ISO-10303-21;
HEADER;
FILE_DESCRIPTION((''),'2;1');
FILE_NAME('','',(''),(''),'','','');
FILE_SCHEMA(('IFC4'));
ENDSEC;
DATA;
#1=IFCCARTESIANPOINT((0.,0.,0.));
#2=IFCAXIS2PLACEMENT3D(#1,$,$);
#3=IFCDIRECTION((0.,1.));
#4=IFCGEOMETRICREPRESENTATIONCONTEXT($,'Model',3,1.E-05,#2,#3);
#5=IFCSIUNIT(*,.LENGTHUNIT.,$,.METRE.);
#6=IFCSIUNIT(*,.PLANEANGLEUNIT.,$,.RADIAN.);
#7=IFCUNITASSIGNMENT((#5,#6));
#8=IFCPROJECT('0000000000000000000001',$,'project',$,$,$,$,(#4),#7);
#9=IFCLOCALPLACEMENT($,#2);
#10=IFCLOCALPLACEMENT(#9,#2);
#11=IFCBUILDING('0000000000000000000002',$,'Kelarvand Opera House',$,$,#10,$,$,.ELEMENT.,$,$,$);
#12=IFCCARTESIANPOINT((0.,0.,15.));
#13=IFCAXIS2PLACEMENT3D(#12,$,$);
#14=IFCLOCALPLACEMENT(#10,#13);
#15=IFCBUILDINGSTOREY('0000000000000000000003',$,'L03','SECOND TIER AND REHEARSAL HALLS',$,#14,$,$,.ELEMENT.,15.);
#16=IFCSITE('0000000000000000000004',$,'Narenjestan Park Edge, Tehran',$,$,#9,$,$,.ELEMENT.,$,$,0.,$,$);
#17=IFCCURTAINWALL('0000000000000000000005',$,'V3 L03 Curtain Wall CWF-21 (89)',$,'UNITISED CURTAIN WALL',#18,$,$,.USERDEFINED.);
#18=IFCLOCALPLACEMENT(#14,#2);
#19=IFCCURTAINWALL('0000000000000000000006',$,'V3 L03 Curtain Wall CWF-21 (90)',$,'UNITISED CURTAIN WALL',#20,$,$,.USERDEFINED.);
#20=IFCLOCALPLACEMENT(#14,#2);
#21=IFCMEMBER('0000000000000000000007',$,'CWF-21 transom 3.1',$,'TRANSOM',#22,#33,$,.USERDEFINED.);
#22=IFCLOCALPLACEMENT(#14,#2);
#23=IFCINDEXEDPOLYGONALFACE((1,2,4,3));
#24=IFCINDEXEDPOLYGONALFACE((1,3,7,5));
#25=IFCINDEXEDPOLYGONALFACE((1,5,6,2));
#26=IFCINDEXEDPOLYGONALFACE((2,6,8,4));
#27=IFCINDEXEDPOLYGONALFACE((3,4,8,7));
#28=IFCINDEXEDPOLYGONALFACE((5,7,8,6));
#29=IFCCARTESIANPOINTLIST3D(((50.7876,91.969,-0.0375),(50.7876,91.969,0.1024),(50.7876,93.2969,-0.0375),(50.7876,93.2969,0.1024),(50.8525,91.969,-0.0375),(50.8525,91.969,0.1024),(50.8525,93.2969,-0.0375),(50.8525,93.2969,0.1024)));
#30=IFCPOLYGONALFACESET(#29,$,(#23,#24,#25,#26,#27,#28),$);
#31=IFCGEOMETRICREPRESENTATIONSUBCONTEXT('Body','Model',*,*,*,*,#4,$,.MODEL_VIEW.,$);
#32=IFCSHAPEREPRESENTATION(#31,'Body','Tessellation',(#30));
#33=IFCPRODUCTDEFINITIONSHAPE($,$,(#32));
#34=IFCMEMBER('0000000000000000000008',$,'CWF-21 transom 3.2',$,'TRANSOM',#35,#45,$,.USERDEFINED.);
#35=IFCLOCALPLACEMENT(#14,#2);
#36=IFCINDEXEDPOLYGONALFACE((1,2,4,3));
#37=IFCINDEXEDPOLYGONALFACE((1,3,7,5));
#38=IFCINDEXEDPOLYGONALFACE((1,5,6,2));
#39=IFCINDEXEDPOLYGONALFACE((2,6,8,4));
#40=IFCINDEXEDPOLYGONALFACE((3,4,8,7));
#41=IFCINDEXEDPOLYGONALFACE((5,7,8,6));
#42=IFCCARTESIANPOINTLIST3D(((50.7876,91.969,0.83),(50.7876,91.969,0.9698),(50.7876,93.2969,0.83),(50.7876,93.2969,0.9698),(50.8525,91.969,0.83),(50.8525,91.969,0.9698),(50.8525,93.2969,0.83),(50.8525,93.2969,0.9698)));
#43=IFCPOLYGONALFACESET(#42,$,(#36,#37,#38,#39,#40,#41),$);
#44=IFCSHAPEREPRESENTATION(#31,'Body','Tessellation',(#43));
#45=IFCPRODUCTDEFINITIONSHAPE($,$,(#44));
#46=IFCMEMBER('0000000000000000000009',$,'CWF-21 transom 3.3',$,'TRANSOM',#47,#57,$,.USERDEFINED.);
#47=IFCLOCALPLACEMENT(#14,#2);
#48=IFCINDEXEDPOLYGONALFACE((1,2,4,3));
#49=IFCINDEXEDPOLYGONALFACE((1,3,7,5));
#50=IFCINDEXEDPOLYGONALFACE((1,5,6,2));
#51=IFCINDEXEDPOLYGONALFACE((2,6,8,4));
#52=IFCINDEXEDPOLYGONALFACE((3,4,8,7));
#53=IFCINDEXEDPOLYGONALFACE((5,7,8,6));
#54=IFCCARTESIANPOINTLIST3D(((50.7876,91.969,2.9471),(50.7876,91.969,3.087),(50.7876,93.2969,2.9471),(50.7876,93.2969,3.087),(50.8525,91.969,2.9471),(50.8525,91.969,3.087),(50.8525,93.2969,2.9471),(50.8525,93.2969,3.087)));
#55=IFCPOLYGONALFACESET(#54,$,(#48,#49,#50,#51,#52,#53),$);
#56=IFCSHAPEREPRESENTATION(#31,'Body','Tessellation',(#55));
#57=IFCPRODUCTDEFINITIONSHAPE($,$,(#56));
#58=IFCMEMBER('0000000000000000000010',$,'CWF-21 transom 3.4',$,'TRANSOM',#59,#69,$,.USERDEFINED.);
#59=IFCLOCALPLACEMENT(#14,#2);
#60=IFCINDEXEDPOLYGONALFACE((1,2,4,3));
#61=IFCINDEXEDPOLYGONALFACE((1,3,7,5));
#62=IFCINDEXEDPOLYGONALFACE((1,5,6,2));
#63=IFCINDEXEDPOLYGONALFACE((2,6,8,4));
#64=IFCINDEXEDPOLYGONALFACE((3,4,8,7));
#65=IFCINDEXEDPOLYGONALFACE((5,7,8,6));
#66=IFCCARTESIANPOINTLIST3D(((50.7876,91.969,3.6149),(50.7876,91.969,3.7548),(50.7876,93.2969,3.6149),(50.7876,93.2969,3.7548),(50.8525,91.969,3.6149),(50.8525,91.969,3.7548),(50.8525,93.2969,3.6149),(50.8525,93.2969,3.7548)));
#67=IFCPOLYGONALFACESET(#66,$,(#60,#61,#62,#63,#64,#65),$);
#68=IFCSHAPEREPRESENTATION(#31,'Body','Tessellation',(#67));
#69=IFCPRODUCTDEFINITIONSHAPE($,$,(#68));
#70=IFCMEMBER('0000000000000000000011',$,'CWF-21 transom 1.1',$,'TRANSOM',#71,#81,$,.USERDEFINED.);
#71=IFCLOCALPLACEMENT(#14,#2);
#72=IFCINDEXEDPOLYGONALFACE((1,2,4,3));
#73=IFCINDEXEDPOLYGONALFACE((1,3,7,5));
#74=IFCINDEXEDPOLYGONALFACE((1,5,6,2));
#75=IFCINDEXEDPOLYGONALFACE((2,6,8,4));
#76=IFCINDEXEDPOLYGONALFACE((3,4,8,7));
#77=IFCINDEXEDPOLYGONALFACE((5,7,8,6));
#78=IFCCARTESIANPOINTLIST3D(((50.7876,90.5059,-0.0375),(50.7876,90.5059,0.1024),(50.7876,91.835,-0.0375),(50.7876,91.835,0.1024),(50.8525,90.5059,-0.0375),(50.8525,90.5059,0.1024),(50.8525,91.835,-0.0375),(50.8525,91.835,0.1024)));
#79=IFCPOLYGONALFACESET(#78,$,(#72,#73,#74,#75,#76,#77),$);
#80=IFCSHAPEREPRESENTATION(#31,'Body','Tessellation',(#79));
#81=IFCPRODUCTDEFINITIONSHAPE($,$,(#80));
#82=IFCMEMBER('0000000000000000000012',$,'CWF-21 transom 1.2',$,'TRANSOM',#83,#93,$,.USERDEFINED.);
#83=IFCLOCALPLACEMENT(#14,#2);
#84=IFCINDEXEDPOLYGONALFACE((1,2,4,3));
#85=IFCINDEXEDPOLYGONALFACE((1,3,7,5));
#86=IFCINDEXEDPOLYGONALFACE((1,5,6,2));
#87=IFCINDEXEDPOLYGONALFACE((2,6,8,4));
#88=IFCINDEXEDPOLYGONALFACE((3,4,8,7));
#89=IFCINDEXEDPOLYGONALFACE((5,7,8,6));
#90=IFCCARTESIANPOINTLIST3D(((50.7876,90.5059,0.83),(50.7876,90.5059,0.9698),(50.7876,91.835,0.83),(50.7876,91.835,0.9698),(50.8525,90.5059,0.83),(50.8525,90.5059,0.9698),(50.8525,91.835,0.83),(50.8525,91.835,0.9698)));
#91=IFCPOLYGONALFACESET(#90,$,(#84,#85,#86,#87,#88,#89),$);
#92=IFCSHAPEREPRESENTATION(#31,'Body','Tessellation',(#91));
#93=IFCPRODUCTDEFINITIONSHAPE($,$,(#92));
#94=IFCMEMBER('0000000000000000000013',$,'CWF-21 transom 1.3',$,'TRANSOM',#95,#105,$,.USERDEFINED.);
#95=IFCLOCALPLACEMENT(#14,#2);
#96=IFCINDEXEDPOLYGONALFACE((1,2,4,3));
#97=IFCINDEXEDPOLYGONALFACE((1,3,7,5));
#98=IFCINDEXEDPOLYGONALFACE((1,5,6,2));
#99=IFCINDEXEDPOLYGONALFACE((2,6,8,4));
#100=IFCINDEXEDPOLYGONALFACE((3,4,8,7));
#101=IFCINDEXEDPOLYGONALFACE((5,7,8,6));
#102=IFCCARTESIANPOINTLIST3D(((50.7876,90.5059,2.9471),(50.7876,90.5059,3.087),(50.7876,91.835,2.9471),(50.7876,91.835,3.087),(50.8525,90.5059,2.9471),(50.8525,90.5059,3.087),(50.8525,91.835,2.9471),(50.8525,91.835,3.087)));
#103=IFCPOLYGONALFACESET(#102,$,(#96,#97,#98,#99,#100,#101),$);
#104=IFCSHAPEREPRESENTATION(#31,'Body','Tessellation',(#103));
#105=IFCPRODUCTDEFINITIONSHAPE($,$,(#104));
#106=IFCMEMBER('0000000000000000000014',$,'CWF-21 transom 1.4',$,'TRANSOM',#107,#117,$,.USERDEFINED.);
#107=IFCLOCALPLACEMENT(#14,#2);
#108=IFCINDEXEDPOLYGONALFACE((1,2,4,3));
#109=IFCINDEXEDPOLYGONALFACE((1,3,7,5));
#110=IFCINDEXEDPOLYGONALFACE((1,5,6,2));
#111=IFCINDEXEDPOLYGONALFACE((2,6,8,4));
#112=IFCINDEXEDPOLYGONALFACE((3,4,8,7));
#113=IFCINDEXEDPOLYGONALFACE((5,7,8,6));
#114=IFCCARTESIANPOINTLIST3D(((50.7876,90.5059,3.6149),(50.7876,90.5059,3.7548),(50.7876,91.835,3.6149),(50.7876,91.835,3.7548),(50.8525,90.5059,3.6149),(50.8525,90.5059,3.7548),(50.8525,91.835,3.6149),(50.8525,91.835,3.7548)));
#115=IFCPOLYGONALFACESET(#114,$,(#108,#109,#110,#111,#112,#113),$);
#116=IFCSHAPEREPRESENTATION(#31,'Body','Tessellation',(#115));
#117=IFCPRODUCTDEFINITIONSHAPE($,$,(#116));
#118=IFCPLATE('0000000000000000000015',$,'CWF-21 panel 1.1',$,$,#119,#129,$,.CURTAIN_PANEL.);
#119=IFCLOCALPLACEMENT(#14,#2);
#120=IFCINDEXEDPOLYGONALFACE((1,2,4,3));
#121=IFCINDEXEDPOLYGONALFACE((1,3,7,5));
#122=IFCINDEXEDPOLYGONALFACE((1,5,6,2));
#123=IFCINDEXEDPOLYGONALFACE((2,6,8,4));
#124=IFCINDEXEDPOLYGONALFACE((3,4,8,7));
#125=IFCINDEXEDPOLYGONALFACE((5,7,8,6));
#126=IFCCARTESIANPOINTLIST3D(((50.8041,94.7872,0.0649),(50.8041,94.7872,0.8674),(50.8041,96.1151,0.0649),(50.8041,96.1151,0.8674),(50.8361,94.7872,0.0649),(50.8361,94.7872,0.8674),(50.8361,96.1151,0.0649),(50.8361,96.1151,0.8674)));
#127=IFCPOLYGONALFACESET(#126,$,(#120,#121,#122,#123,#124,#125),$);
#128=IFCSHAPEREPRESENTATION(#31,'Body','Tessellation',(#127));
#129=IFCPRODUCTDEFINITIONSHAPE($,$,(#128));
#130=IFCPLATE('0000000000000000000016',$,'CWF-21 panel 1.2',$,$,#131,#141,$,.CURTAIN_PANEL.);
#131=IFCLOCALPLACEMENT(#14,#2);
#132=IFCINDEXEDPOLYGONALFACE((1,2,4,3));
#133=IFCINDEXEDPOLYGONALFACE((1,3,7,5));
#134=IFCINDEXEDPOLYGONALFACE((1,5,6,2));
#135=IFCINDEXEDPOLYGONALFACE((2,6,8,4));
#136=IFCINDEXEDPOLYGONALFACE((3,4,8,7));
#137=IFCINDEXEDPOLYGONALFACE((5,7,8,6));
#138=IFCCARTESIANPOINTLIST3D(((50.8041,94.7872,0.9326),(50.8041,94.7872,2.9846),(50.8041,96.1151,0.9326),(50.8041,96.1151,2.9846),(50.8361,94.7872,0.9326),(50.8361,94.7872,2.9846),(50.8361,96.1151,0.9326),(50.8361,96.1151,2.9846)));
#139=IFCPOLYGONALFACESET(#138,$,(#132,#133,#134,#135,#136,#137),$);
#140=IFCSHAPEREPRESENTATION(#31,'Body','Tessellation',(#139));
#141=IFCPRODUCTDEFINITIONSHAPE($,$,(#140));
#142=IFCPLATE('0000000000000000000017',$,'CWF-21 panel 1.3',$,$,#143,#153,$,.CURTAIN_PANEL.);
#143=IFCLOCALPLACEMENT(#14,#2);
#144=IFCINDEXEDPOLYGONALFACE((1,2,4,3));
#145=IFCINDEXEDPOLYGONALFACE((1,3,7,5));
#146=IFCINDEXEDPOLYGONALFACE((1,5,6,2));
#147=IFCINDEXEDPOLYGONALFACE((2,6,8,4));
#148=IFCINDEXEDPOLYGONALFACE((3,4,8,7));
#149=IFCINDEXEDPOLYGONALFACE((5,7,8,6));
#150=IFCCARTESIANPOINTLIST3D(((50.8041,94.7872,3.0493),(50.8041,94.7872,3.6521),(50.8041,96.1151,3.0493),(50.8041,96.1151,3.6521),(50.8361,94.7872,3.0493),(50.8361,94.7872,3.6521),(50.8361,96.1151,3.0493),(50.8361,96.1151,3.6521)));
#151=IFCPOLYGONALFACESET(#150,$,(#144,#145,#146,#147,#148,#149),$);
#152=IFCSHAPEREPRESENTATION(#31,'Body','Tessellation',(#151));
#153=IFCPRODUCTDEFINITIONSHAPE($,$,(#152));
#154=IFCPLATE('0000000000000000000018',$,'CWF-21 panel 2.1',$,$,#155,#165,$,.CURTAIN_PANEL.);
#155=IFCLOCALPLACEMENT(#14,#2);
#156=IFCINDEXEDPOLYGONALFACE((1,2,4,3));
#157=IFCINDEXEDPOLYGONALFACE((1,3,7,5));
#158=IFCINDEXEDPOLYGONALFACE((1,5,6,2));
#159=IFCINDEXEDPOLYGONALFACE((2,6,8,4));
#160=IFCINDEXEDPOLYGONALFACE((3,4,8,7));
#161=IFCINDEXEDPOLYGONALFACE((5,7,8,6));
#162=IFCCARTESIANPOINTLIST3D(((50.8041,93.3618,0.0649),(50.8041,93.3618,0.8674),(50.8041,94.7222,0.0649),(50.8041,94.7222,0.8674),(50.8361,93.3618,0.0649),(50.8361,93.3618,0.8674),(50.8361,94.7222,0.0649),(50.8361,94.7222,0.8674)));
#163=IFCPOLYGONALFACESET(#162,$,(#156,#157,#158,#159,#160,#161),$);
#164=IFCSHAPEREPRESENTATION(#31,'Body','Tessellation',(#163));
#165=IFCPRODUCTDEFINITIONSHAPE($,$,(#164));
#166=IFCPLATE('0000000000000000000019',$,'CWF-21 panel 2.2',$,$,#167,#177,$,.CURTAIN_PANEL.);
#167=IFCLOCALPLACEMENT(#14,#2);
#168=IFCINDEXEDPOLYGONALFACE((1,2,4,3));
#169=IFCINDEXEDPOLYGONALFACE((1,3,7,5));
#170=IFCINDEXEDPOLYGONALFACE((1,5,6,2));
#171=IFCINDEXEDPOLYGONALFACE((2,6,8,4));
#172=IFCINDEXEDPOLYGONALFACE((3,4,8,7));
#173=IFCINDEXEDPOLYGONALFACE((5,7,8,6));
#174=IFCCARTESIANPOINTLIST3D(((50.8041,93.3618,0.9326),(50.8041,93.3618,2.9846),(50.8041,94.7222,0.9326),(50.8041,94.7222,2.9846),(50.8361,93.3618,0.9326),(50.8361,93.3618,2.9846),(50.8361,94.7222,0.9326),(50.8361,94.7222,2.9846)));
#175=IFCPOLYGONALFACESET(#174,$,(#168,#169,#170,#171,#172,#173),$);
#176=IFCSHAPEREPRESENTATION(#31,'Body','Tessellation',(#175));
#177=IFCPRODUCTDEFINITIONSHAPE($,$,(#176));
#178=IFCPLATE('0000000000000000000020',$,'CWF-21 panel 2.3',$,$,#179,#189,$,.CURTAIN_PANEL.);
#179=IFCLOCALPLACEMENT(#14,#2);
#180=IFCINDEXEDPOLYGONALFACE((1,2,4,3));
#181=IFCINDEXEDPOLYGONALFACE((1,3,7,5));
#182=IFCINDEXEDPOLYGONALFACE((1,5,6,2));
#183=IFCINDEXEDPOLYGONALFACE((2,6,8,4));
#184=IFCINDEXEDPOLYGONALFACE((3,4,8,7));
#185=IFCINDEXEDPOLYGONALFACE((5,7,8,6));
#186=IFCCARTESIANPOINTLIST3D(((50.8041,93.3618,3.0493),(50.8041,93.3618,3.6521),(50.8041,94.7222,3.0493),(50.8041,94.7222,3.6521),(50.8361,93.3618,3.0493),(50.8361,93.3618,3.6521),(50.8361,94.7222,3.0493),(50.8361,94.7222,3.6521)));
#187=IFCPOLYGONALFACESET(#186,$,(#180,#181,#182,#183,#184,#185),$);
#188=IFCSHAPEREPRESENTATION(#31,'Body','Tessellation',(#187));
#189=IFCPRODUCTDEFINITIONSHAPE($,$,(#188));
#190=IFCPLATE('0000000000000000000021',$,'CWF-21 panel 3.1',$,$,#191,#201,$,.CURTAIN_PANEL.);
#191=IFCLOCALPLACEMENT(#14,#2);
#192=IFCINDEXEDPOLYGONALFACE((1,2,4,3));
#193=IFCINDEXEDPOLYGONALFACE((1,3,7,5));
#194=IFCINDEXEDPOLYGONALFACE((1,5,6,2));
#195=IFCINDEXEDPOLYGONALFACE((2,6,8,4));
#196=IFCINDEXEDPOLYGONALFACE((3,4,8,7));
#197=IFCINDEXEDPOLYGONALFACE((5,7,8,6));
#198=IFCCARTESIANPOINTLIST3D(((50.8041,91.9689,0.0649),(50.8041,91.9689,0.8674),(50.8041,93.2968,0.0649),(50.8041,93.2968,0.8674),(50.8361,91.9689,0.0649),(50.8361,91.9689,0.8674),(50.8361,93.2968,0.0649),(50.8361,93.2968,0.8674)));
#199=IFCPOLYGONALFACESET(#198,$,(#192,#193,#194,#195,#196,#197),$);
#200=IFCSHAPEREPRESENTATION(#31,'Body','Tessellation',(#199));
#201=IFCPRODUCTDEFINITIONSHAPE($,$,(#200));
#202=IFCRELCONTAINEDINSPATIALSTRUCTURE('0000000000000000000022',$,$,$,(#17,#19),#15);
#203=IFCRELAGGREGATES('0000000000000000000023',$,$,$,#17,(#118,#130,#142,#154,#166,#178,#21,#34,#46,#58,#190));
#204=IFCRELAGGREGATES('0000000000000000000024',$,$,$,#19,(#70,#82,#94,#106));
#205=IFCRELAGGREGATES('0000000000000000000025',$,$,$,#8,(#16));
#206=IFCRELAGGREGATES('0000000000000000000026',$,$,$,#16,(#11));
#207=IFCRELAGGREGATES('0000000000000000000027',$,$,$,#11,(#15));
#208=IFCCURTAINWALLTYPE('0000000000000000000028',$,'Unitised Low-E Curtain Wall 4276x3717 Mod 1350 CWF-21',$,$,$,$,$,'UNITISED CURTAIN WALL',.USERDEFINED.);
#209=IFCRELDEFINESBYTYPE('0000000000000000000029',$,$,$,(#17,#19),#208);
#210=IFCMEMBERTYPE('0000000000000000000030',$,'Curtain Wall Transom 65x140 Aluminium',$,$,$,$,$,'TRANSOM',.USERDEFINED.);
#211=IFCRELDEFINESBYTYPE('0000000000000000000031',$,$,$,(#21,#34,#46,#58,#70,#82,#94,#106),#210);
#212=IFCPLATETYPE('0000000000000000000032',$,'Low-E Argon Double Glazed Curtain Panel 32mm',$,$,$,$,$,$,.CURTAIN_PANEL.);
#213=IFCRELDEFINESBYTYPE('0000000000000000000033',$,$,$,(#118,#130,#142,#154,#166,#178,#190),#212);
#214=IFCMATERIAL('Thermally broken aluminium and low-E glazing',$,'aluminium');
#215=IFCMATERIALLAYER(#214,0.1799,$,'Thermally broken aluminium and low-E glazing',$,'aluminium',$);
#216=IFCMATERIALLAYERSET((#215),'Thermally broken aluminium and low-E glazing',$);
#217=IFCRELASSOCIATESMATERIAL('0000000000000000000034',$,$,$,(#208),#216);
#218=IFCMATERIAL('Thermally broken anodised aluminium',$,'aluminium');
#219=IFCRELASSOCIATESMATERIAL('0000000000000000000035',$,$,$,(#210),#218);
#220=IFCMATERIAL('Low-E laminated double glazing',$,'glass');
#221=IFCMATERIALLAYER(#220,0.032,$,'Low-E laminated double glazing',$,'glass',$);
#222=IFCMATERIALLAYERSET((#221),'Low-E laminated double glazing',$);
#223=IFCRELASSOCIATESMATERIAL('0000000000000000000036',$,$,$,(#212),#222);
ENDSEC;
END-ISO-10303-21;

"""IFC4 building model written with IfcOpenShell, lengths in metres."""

from ifc_helpers import new_model, si_unit, direction, frame, origin, origin_2d, place, context, subcontext, project, spatial, rectangle, extrude, material, layer, layer_set, material_profile, profile_set, type_object, element, aggregate, save


model = new_model("IFC4")

# Units and contexts
model_context = context("Model", 3, precision=1e-05, world=origin(), true_north=direction((0.0, 1.0)))
body_context = subcontext(model_context, "Body", "Model", "MODEL_VIEW")
ifc_project = project(units=[si_unit("LENGTHUNIT", "METRE"), si_unit("PLANEANGLEUNIT", "RADIAN")], contexts=[model_context])

# Site, building, storey
site_placement = place(None, origin())
site = spatial("IfcSite", under=ifc_project, at=site_placement, Name="Narenjestan Park Edge, Tehran", CompositionType="ELEMENT", RefElevation=0.0)
building_placement = place(site_placement, origin())
building = spatial("IfcBuilding", under=site, at=building_placement, Name="Kelarvand Opera House", CompositionType="ELEMENT")
storey_placement = place(building_placement, frame((0.0, 0.0, 15.0)))
storey = spatial("IfcBuildingStorey", under=building, at=storey_placement, Name="L03", Description="SECOND TIER AND REHEARSAL HALLS", CompositionType="ELEMENT", Elevation=15.0)

# Curtain wall
ifc_material_1 = material(Name="Thermally broken aluminium and low-E glazing", Category="aluminium")
ifc_layer_1 = layer(ifc_material_1, 0.1799, Name="Thermally broken aluminium and low-E glazing", Category="aluminium")
ifc_layer_set_1 = layer_set([ifc_layer_1], Name="Thermally broken aluminium and low-E glazing")
curtain_wall_type = type_object("IfcCurtainWallType", Name="Unitised Low-E Curtain Wall 4276x3717 Mod 1350 CWF-21", ElementType="UNITISED CURTAIN WALL", PredefinedType="USERDEFINED", material=ifc_layer_set_1)
curtain_wall_1_placement = place(storey_placement, origin())
curtain_wall_1 = element("IfcCurtainWall", 1, at=curtain_wall_1_placement, inside=storey, type_object=curtain_wall_type, Name="V3 L03 Curtain Wall CWF-21 (89)", ObjectType="UNITISED CURTAIN WALL", PredefinedType="USERDEFINED")
ifc_material_2 = material(Name="Thermally broken anodised aluminium", Category="aluminium")

# Curtain wall
curtain_wall_2_placement = place(storey_placement, origin())
curtain_wall_2 = element("IfcCurtainWall", 2, at=curtain_wall_2_placement, inside=storey, type_object=curtain_wall_type, Name="V3 L03 Curtain Wall CWF-21 (90)", ObjectType="UNITISED CURTAIN WALL", PredefinedType="USERDEFINED")

# Members
ifc_material_profile_1 = material_profile(ifc_material_2, rectangle(XDim=0.0649, YDim=0.1399, at=origin_2d()), Name="ALU TRANSOM 65x140", Category="aluminium")
ifc_profile_set_1 = profile_set([ifc_material_profile_1], Name="Thermally broken anodised aluminium")
member_type_1 = type_object("IfcMemberType", Name="Curtain Wall Transom 65x140 Aluminium", ElementType="TRANSOM", PredefinedType="USERDEFINED", material=ifc_profile_set_1)
member_1_placement = place(storey_placement, frame((50.8201, 93.2969, 0.0325), z_axis=(0.0, -1.0, 0.0), x_axis=(1.0, 0.0, 0.0)))
member_1 = element("IfcMember", 3, at=member_1_placement, type_object=member_type_1, Name="CWF-21 transom 3.1", ObjectType="TRANSOM", PredefinedType="USERDEFINED", context=body_context, shape_type="SweptSolid", body=[
    extrude(rectangle(XDim=0.0649, YDim=0.1399, at=origin_2d()), origin(), (0.0, 0.0, 1.0), 1.3279),
])
member_2_placement = place(storey_placement, frame((50.8201, 93.2969, 0.8999), z_axis=(0.0, -1.0, 0.0), x_axis=(1.0, 0.0, 0.0)))
member_2 = element("IfcMember", 4, at=member_2_placement, type_object=member_type_1, Name="CWF-21 transom 3.2", ObjectType="TRANSOM", PredefinedType="USERDEFINED", context=body_context, shape_type="SweptSolid", body=[
    extrude(rectangle(XDim=0.0649, YDim=0.1399, at=origin_2d()), origin(), (0.0, 0.0, 1.0), 1.3279),
])
member_3_placement = place(storey_placement, frame((50.8201, 93.2969, 3.0171), z_axis=(0.0, -1.0, 0.0), x_axis=(1.0, 0.0, 0.0)))
member_3 = element("IfcMember", 5, at=member_3_placement, type_object=member_type_1, Name="CWF-21 transom 3.3", ObjectType="TRANSOM", PredefinedType="USERDEFINED", context=body_context, shape_type="SweptSolid", body=[
    extrude(rectangle(XDim=0.0649, YDim=0.1399, at=origin_2d()), origin(), (0.0, 0.0, 1.0), 1.3279),
])
member_4_placement = place(storey_placement, frame((50.8201, 93.2969, 3.6848), z_axis=(0.0, -1.0, 0.0), x_axis=(1.0, 0.0, 0.0)))
member_4 = element("IfcMember", 6, at=member_4_placement, type_object=member_type_1, Name="CWF-21 transom 3.4", ObjectType="TRANSOM", PredefinedType="USERDEFINED", context=body_context, shape_type="SweptSolid", body=[
    extrude(rectangle(XDim=0.0649, YDim=0.1399, at=origin_2d()), origin(), (0.0, 0.0, 1.0), 1.3279),
])
member_5_placement = place(storey_placement, frame((50.8201, 91.835, 0.0325), z_axis=(0.0, -1.0, 0.0), x_axis=(1.0, 0.0, 0.0)))
member_5 = element("IfcMember", 7, at=member_5_placement, type_object=member_type_1, Name="CWF-21 transom 1.1", ObjectType="TRANSOM", PredefinedType="USERDEFINED", context=body_context, shape_type="SweptSolid", body=[
    extrude(rectangle(XDim=0.0649, YDim=0.1399, at=origin_2d()), origin(), (0.0, 0.0, 1.0), 1.3291),
])
member_6_placement = place(storey_placement, frame((50.8201, 91.835, 0.8999), z_axis=(0.0, -1.0, 0.0), x_axis=(1.0, 0.0, 0.0)))
member_6 = element("IfcMember", 8, at=member_6_placement, type_object=member_type_1, Name="CWF-21 transom 1.2", ObjectType="TRANSOM", PredefinedType="USERDEFINED", context=body_context, shape_type="SweptSolid", body=[
    extrude(rectangle(XDim=0.0649, YDim=0.1399, at=origin_2d()), origin(), (0.0, 0.0, 1.0), 1.3291),
])
member_7_placement = place(storey_placement, frame((50.8201, 91.835, 3.0171), z_axis=(0.0, -1.0, 0.0), x_axis=(1.0, 0.0, 0.0)))
member_7 = element("IfcMember", 9, at=member_7_placement, type_object=member_type_1, Name="CWF-21 transom 1.3", ObjectType="TRANSOM", PredefinedType="USERDEFINED", context=body_context, shape_type="SweptSolid", body=[
    extrude(rectangle(XDim=0.0649, YDim=0.1399, at=origin_2d()), origin(), (0.0, 0.0, 1.0), 1.3291),
])
member_8_placement = place(storey_placement, frame((50.8201, 91.835, 3.6848), z_axis=(0.0, -1.0, 0.0), x_axis=(1.0, 0.0, 0.0)))
member_8 = element("IfcMember", 10, at=member_8_placement, type_object=member_type_1, Name="CWF-21 transom 1.4", ObjectType="TRANSOM", PredefinedType="USERDEFINED", context=body_context, shape_type="SweptSolid", body=[
    extrude(rectangle(XDim=0.0649, YDim=0.1399, at=origin_2d()), origin(), (0.0, 0.0, 1.0), 1.3291),
])

# Plates
ifc_material_3 = material(Name="Low-E laminated double glazing", Category="glass")
ifc_layer_2 = layer(ifc_material_3, 0.032, Name="Low-E laminated double glazing", Category="glass")
ifc_layer_set_2 = layer_set([ifc_layer_2], Name="Low-E laminated double glazing")
plate_type = type_object("IfcPlateType", Name="Low-E Argon Double Glazed Curtain Panel 32mm", PredefinedType="CURTAIN_PANEL", material=ifc_layer_set_2)
plate_1_placement = place(storey_placement, frame((50.8201, 95.4512, 0.0649), z_axis=(0.0, 0.0, 1.0), x_axis=(0.0, -1.0, 0.0)))
plate_1 = element("IfcPlate", 11, at=plate_1_placement, type_object=plate_type, Name="CWF-21 panel 1.1", PredefinedType="CURTAIN_PANEL", context=body_context, shape_type="SweptSolid", body=[
    extrude(rectangle(XDim=1.3279, YDim=0.032, at=origin_2d()), origin(), (0.0, 0.0, 1.0), 0.8025),
])
plate_2_placement = place(storey_placement, frame((50.8201, 95.4512, 0.9326), z_axis=(0.0, 0.0, 1.0), x_axis=(0.0, -1.0, 0.0)))
plate_2 = element("IfcPlate", 12, at=plate_2_placement, type_object=plate_type, Name="CWF-21 panel 1.2", PredefinedType="CURTAIN_PANEL", context=body_context, shape_type="SweptSolid", body=[
    extrude(rectangle(XDim=1.3279, YDim=0.032, at=origin_2d()), origin(), (0.0, 0.0, 1.0), 2.052),
])
plate_3_placement = place(storey_placement, frame((50.8201, 95.4512, 3.0493), z_axis=(0.0, 0.0, 1.0), x_axis=(0.0, -1.0, 0.0)))
plate_3 = element("IfcPlate", 13, at=plate_3_placement, type_object=plate_type, Name="CWF-21 panel 1.3", PredefinedType="CURTAIN_PANEL", context=body_context, shape_type="SweptSolid", body=[
    extrude(rectangle(XDim=1.3279, YDim=0.032, at=origin_2d()), origin(), (0.0, 0.0, 1.0), 0.6028),
])
plate_4_placement = place(storey_placement, frame((50.8201, 94.042, 0.0649), z_axis=(0.0, 0.0, 1.0), x_axis=(0.0, -1.0, 0.0)))
plate_4 = element("IfcPlate", 14, at=plate_4_placement, type_object=plate_type, Name="CWF-21 panel 2.1", PredefinedType="CURTAIN_PANEL", context=body_context, shape_type="SweptSolid", body=[
    extrude(rectangle(XDim=1.3604, YDim=0.032, at=origin_2d()), origin(), (0.0, 0.0, 1.0), 0.8025),
])
plate_5_placement = place(storey_placement, frame((50.8201, 94.042, 0.9326), z_axis=(0.0, 0.0, 1.0), x_axis=(0.0, -1.0, 0.0)))
plate_5 = element("IfcPlate", 15, at=plate_5_placement, type_object=plate_type, Name="CWF-21 panel 2.2", PredefinedType="CURTAIN_PANEL", context=body_context, shape_type="SweptSolid", body=[
    extrude(rectangle(XDim=1.3604, YDim=0.032, at=origin_2d()), origin(), (0.0, 0.0, 1.0), 2.052),
])
plate_6_placement = place(storey_placement, frame((50.8201, 94.042, 3.0493), z_axis=(0.0, 0.0, 1.0), x_axis=(0.0, -1.0, 0.0)))
plate_6 = element("IfcPlate", 16, at=plate_6_placement, type_object=plate_type, Name="CWF-21 panel 2.3", PredefinedType="CURTAIN_PANEL", context=body_context, shape_type="SweptSolid", body=[
    extrude(rectangle(XDim=1.3604, YDim=0.032, at=origin_2d()), origin(), (0.0, 0.0, 1.0), 0.6028),
])
plate_7_placement = place(storey_placement, frame((50.8201, 92.6328, 0.0649), z_axis=(0.0, 0.0, 1.0), x_axis=(0.0, -1.0, 0.0)))
plate_7 = element("IfcPlate", 17, at=plate_7_placement, type_object=plate_type, Name="CWF-21 panel 3.1", PredefinedType="CURTAIN_PANEL", context=body_context, shape_type="SweptSolid", body=[
    extrude(rectangle(XDim=1.3279, YDim=0.032, at=origin_2d()), origin(), (0.0, 0.0, 1.0), 0.8025),
])
aggregate(curtain_wall_1, [plate_1, plate_2, plate_3, plate_4, plate_5, plate_6, member_1, member_2, member_3, member_4, plate_7])
aggregate(curtain_wall_2, [member_5, member_6, member_7, member_8])

save(model, "model.ifc")
